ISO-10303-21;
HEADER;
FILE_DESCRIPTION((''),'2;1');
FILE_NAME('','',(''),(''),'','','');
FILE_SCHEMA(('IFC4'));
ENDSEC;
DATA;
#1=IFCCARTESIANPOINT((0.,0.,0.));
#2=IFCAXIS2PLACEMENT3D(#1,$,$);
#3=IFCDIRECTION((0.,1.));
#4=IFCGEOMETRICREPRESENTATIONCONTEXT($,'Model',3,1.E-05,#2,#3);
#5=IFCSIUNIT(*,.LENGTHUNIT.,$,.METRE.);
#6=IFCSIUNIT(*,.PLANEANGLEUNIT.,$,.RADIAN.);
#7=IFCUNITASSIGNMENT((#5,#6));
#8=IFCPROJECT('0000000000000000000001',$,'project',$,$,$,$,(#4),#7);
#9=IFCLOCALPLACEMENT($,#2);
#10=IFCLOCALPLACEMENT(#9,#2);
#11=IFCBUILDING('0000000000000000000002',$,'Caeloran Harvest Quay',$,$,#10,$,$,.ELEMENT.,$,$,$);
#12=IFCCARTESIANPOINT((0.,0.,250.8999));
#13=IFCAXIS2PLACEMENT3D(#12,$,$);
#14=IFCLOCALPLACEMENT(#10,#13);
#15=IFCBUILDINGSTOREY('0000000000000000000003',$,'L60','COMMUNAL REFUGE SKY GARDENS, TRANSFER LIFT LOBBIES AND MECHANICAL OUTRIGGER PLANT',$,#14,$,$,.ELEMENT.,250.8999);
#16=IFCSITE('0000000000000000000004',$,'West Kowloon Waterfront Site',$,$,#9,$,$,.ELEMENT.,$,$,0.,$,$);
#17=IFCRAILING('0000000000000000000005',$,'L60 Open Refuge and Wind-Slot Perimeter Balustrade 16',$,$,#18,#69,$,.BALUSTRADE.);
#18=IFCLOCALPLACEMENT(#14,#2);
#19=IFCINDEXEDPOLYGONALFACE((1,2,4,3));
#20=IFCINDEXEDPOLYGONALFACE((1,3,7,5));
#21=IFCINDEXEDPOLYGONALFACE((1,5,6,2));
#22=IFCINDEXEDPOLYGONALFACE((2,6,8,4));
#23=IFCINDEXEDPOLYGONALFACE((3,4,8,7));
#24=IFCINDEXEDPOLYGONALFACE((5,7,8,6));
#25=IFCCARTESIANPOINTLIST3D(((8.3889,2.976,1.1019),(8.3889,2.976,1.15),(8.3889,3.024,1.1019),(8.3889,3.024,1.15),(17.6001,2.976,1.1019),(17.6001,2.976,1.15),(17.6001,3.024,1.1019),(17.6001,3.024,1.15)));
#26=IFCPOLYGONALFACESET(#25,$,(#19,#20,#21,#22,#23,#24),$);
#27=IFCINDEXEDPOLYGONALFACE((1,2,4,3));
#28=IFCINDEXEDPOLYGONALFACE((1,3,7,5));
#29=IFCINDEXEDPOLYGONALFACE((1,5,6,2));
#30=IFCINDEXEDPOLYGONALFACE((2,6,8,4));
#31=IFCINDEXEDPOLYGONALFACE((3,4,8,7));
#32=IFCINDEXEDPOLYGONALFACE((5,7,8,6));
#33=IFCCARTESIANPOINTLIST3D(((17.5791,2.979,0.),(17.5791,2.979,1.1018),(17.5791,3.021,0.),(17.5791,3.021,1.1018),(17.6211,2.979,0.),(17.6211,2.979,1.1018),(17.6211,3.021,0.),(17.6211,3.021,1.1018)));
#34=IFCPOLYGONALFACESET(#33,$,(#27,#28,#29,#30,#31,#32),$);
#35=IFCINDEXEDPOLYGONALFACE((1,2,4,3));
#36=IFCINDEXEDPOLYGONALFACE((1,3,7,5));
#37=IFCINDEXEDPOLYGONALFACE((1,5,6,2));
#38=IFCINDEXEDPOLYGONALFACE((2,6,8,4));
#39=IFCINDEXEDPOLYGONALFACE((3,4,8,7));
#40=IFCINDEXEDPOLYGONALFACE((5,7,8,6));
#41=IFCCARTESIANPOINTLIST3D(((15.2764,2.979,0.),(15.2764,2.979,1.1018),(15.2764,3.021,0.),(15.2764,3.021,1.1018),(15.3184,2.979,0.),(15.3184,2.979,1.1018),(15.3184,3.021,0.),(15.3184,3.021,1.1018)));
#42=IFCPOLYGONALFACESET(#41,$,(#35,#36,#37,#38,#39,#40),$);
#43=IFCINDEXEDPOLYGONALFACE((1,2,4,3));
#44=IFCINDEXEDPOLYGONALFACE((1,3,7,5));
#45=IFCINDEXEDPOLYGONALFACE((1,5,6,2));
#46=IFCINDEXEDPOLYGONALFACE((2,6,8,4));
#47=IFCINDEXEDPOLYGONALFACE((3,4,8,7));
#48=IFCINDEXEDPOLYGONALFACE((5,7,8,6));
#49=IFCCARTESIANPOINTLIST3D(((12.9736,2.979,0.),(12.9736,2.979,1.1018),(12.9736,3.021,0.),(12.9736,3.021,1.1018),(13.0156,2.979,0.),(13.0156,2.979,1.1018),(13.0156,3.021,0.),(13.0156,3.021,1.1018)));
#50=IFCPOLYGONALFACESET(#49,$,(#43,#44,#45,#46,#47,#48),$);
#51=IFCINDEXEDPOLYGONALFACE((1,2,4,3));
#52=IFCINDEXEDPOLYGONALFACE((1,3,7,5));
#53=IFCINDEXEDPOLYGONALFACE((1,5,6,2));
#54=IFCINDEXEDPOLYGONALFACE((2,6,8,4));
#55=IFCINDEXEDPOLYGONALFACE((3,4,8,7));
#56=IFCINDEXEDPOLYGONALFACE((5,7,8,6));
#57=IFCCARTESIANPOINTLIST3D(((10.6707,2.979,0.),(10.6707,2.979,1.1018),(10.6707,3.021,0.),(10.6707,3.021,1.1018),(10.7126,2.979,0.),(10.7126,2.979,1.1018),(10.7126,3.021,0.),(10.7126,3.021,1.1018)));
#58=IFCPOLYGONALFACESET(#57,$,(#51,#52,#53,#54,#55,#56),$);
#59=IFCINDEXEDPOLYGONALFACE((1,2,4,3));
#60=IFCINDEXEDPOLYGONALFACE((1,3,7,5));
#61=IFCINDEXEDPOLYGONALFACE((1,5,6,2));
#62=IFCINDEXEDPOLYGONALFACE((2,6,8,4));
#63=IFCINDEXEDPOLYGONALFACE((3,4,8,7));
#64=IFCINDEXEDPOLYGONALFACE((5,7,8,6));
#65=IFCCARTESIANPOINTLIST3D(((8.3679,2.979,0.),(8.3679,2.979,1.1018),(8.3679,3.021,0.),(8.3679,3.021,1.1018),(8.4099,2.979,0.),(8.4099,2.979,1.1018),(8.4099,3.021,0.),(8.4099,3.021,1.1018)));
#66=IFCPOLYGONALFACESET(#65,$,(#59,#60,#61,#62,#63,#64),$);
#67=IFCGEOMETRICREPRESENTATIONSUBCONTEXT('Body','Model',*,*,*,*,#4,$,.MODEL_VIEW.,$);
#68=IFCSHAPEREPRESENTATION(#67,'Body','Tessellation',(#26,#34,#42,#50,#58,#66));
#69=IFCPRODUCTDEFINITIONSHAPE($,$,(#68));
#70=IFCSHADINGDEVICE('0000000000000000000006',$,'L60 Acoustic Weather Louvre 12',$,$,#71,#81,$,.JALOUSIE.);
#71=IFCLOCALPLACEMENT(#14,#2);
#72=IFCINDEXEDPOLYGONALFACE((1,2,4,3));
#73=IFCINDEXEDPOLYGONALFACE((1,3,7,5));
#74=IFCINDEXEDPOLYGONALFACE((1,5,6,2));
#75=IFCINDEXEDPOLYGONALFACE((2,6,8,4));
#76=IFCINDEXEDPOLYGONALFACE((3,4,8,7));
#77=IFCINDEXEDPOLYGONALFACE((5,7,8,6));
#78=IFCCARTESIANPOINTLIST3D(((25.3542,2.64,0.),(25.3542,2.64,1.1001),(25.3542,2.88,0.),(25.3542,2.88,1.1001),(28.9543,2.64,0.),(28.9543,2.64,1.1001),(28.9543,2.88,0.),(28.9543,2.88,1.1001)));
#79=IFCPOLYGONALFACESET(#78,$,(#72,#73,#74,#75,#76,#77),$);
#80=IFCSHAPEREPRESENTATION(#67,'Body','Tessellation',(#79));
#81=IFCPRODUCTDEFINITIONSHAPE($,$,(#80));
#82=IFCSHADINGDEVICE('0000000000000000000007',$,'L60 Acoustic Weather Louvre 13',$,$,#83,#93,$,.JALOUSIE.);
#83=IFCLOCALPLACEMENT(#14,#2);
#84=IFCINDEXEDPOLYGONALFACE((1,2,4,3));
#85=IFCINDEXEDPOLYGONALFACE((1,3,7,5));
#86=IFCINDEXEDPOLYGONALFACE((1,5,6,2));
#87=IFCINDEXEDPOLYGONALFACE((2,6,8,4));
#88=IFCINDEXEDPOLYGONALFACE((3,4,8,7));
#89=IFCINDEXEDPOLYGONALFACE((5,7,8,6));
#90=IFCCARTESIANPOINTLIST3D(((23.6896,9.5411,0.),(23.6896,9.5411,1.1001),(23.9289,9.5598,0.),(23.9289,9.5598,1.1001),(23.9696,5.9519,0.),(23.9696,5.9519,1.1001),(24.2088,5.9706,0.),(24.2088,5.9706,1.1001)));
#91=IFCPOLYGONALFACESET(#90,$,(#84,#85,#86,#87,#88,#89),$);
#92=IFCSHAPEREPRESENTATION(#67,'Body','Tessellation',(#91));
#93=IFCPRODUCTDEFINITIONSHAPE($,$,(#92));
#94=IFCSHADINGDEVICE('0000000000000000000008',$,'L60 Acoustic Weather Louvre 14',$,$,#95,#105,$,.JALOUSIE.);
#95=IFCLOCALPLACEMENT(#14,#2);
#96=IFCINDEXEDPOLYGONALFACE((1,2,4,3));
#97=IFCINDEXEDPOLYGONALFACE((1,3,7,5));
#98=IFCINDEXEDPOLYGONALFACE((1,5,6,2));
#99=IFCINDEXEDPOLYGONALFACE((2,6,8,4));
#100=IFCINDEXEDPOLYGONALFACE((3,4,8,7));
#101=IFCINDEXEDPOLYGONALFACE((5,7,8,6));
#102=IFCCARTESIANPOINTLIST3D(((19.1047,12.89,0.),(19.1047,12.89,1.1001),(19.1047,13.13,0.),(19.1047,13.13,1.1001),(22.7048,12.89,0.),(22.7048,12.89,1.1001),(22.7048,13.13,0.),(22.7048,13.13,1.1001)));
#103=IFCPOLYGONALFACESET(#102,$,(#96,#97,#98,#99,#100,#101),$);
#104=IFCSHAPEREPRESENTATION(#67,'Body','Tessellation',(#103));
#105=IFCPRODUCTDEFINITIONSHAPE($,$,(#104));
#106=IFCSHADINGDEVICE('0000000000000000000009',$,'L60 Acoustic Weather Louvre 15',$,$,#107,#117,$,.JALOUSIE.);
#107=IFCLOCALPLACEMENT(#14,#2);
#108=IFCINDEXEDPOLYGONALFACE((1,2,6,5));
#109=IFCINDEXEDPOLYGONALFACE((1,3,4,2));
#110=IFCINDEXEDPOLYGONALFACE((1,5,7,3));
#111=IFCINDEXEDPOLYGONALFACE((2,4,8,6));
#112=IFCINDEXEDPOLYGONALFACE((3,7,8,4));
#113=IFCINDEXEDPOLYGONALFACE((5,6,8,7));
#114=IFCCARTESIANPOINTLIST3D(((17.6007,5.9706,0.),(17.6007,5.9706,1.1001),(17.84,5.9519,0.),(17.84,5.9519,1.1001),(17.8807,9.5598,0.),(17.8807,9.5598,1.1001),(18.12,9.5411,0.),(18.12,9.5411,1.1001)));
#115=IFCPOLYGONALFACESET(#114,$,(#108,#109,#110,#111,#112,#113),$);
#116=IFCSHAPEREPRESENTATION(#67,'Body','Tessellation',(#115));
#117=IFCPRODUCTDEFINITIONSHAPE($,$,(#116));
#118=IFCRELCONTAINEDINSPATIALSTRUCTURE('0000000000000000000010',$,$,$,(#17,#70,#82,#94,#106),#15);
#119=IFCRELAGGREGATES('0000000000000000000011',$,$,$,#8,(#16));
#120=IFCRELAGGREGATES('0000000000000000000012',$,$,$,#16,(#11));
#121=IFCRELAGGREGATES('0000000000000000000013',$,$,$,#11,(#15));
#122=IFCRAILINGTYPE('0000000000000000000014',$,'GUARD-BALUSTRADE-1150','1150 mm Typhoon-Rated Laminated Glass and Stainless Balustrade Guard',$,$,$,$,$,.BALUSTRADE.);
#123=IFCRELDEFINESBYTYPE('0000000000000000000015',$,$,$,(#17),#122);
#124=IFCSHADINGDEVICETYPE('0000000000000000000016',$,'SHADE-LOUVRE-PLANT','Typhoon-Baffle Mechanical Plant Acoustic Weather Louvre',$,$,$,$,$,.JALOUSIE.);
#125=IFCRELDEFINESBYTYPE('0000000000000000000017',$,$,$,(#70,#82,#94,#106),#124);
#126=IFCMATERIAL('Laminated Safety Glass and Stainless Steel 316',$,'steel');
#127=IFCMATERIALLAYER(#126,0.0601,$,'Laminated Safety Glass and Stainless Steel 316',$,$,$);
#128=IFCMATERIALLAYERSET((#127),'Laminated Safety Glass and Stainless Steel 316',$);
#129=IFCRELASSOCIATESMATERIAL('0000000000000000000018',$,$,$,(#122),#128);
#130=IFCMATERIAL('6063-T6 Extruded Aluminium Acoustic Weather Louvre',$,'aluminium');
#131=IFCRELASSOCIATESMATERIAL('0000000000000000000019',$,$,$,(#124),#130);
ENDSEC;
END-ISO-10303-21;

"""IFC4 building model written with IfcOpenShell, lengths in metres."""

from ifc_helpers import new_model, si_unit, direction, frame, origin, origin_2d, place, context, subcontext, project, spatial, rectangle, extrude, material, layer, layer_set, type_object, element, save


model = new_model("IFC4")

# Units and contexts
model_context = context("Model", 3, precision=1e-05, world=origin(), true_north=direction((0.0, 1.0)))
body_context = subcontext(model_context, "Body", "Model", "MODEL_VIEW")
ifc_project = project(units=[si_unit("LENGTHUNIT", "METRE"), si_unit("PLANEANGLEUNIT", "RADIAN")], contexts=[model_context])

# Site, building, storey
site_placement = place(None, origin())
site = spatial("IfcSite", under=ifc_project, at=site_placement, Name="West Kowloon Waterfront Site", CompositionType="ELEMENT", RefElevation=0.0)
building_placement = place(site_placement, origin())
building = spatial("IfcBuilding", under=site, at=building_placement, Name="Caeloran Harvest Quay", CompositionType="ELEMENT")
storey_placement = place(building_placement, frame((0.0, 0.0, 250.8999)))
storey = spatial("IfcBuildingStorey", under=building, at=storey_placement, Name="L60", Description="COMMUNAL REFUGE SKY GARDENS, TRANSFER LIFT LOBBIES AND MECHANICAL OUTRIGGER PLANT", CompositionType="ELEMENT", Elevation=250.8999)

# Railing
ifc_material_1 = material(Name="Laminated Safety Glass and Stainless Steel 316", Category="steel")
ifc_layer_1 = layer(ifc_material_1, 0.0601, Name="Laminated Safety Glass and Stainless Steel 316")
ifc_layer_set_1 = layer_set([ifc_layer_1], Name="Laminated Safety Glass and Stainless Steel 316")
railing_type = type_object("IfcRailingType", Name="GUARD-BALUSTRADE-1150", Description="1150 mm Typhoon-Rated Laminated Glass and Stainless Balustrade Guard", PredefinedType="BALUSTRADE", material=ifc_layer_set_1)
railing_1_placement = place(storey_placement, frame((17.6001, 3.0, 0.0)))
element("IfcRailing", 1, at=railing_1_placement, inside=storey, type_object=railing_type, Name="L60 Open Refuge and Wind-Slot Perimeter Balustrade 16", PredefinedType="BALUSTRADE", context=body_context, shape_type="SweptSolid", body=[
    extrude(rectangle(XDim=0.0481, YDim=0.0481, at=origin_2d()), frame((0.0, 0.0, 1.126), z_axis=(-1.0, 0.0, 0.0), x_axis=(0.0, -1.0, 0.0)), (0.0, 0.0, 1.0), 9.2112),
    extrude(rectangle(XDim=0.042, YDim=0.042, at=origin_2d()), origin(), (0.0, 0.0, 1.0), 1.1018),
    extrude(rectangle(XDim=0.042, YDim=0.042, at=origin_2d()), frame((-2.3027, 0.0, 0.0)), (0.0, 0.0, 1.0), 1.1018),
    extrude(rectangle(XDim=0.042, YDim=0.042, at=origin_2d()), frame((-4.6055, 0.0, 0.0)), (0.0, 0.0, 1.0), 1.1018),
    extrude(rectangle(XDim=0.042, YDim=0.042, at=origin_2d()), frame((-6.9084, 0.0, 0.0)), (0.0, 0.0, 1.0), 1.1018),
    extrude(rectangle(XDim=0.042, YDim=0.042, at=origin_2d()), frame((-9.2112, 0.0, 0.0)), (0.0, 0.0, 1.0), 1.1018),
])

# Shading devices
ifc_material_2 = material(Name="6063-T6 Extruded Aluminium Acoustic Weather Louvre", Category="aluminium")
shading_device_type = type_object("IfcShadingDeviceType", Name="SHADE-LOUVRE-PLANT", Description="Typhoon-Baffle Mechanical Plant Acoustic Weather Louvre", PredefinedType="JALOUSIE", material=ifc_material_2)
for number, where, z_axis, x_axis, name in (
    (2, (27.1543, 2.76, 0.0), (0.0, 0.0, 1.0), (-1.0, 0.0, 0.0), "L60 Acoustic Weather Louvre 12"),
    (3, (23.9492, 7.7559, 0.0), (0.0, 0.0, 1.0), (-0.077763, 0.996972, 0.0), "L60 Acoustic Weather Louvre 13"),
    (4, (20.9048, 13.01, 0.0), (0.0, 0.0, 1.0), (-1.0, 0.0, 0.0), "L60 Acoustic Weather Louvre 14"),
    (5, (17.8604, 7.7559, 0.0), (0.0, 0.0, 1.0), (-0.077763, -0.996972, 0.0), "L60 Acoustic Weather Louvre 15"),
):
    element("IfcShadingDevice", number, at=place(storey_placement, frame(where, z_axis=z_axis, x_axis=x_axis)), inside=storey, type_object=shading_device_type, Name=name, PredefinedType="JALOUSIE", context=body_context, shape_type="SweptSolid", body=[
        extrude(rectangle(XDim=3.6001, YDim=0.24, at=origin_2d()), origin(), (0.0, 0.0, 1.0), 1.1001),
    ])

save(model, "model.ifc")
